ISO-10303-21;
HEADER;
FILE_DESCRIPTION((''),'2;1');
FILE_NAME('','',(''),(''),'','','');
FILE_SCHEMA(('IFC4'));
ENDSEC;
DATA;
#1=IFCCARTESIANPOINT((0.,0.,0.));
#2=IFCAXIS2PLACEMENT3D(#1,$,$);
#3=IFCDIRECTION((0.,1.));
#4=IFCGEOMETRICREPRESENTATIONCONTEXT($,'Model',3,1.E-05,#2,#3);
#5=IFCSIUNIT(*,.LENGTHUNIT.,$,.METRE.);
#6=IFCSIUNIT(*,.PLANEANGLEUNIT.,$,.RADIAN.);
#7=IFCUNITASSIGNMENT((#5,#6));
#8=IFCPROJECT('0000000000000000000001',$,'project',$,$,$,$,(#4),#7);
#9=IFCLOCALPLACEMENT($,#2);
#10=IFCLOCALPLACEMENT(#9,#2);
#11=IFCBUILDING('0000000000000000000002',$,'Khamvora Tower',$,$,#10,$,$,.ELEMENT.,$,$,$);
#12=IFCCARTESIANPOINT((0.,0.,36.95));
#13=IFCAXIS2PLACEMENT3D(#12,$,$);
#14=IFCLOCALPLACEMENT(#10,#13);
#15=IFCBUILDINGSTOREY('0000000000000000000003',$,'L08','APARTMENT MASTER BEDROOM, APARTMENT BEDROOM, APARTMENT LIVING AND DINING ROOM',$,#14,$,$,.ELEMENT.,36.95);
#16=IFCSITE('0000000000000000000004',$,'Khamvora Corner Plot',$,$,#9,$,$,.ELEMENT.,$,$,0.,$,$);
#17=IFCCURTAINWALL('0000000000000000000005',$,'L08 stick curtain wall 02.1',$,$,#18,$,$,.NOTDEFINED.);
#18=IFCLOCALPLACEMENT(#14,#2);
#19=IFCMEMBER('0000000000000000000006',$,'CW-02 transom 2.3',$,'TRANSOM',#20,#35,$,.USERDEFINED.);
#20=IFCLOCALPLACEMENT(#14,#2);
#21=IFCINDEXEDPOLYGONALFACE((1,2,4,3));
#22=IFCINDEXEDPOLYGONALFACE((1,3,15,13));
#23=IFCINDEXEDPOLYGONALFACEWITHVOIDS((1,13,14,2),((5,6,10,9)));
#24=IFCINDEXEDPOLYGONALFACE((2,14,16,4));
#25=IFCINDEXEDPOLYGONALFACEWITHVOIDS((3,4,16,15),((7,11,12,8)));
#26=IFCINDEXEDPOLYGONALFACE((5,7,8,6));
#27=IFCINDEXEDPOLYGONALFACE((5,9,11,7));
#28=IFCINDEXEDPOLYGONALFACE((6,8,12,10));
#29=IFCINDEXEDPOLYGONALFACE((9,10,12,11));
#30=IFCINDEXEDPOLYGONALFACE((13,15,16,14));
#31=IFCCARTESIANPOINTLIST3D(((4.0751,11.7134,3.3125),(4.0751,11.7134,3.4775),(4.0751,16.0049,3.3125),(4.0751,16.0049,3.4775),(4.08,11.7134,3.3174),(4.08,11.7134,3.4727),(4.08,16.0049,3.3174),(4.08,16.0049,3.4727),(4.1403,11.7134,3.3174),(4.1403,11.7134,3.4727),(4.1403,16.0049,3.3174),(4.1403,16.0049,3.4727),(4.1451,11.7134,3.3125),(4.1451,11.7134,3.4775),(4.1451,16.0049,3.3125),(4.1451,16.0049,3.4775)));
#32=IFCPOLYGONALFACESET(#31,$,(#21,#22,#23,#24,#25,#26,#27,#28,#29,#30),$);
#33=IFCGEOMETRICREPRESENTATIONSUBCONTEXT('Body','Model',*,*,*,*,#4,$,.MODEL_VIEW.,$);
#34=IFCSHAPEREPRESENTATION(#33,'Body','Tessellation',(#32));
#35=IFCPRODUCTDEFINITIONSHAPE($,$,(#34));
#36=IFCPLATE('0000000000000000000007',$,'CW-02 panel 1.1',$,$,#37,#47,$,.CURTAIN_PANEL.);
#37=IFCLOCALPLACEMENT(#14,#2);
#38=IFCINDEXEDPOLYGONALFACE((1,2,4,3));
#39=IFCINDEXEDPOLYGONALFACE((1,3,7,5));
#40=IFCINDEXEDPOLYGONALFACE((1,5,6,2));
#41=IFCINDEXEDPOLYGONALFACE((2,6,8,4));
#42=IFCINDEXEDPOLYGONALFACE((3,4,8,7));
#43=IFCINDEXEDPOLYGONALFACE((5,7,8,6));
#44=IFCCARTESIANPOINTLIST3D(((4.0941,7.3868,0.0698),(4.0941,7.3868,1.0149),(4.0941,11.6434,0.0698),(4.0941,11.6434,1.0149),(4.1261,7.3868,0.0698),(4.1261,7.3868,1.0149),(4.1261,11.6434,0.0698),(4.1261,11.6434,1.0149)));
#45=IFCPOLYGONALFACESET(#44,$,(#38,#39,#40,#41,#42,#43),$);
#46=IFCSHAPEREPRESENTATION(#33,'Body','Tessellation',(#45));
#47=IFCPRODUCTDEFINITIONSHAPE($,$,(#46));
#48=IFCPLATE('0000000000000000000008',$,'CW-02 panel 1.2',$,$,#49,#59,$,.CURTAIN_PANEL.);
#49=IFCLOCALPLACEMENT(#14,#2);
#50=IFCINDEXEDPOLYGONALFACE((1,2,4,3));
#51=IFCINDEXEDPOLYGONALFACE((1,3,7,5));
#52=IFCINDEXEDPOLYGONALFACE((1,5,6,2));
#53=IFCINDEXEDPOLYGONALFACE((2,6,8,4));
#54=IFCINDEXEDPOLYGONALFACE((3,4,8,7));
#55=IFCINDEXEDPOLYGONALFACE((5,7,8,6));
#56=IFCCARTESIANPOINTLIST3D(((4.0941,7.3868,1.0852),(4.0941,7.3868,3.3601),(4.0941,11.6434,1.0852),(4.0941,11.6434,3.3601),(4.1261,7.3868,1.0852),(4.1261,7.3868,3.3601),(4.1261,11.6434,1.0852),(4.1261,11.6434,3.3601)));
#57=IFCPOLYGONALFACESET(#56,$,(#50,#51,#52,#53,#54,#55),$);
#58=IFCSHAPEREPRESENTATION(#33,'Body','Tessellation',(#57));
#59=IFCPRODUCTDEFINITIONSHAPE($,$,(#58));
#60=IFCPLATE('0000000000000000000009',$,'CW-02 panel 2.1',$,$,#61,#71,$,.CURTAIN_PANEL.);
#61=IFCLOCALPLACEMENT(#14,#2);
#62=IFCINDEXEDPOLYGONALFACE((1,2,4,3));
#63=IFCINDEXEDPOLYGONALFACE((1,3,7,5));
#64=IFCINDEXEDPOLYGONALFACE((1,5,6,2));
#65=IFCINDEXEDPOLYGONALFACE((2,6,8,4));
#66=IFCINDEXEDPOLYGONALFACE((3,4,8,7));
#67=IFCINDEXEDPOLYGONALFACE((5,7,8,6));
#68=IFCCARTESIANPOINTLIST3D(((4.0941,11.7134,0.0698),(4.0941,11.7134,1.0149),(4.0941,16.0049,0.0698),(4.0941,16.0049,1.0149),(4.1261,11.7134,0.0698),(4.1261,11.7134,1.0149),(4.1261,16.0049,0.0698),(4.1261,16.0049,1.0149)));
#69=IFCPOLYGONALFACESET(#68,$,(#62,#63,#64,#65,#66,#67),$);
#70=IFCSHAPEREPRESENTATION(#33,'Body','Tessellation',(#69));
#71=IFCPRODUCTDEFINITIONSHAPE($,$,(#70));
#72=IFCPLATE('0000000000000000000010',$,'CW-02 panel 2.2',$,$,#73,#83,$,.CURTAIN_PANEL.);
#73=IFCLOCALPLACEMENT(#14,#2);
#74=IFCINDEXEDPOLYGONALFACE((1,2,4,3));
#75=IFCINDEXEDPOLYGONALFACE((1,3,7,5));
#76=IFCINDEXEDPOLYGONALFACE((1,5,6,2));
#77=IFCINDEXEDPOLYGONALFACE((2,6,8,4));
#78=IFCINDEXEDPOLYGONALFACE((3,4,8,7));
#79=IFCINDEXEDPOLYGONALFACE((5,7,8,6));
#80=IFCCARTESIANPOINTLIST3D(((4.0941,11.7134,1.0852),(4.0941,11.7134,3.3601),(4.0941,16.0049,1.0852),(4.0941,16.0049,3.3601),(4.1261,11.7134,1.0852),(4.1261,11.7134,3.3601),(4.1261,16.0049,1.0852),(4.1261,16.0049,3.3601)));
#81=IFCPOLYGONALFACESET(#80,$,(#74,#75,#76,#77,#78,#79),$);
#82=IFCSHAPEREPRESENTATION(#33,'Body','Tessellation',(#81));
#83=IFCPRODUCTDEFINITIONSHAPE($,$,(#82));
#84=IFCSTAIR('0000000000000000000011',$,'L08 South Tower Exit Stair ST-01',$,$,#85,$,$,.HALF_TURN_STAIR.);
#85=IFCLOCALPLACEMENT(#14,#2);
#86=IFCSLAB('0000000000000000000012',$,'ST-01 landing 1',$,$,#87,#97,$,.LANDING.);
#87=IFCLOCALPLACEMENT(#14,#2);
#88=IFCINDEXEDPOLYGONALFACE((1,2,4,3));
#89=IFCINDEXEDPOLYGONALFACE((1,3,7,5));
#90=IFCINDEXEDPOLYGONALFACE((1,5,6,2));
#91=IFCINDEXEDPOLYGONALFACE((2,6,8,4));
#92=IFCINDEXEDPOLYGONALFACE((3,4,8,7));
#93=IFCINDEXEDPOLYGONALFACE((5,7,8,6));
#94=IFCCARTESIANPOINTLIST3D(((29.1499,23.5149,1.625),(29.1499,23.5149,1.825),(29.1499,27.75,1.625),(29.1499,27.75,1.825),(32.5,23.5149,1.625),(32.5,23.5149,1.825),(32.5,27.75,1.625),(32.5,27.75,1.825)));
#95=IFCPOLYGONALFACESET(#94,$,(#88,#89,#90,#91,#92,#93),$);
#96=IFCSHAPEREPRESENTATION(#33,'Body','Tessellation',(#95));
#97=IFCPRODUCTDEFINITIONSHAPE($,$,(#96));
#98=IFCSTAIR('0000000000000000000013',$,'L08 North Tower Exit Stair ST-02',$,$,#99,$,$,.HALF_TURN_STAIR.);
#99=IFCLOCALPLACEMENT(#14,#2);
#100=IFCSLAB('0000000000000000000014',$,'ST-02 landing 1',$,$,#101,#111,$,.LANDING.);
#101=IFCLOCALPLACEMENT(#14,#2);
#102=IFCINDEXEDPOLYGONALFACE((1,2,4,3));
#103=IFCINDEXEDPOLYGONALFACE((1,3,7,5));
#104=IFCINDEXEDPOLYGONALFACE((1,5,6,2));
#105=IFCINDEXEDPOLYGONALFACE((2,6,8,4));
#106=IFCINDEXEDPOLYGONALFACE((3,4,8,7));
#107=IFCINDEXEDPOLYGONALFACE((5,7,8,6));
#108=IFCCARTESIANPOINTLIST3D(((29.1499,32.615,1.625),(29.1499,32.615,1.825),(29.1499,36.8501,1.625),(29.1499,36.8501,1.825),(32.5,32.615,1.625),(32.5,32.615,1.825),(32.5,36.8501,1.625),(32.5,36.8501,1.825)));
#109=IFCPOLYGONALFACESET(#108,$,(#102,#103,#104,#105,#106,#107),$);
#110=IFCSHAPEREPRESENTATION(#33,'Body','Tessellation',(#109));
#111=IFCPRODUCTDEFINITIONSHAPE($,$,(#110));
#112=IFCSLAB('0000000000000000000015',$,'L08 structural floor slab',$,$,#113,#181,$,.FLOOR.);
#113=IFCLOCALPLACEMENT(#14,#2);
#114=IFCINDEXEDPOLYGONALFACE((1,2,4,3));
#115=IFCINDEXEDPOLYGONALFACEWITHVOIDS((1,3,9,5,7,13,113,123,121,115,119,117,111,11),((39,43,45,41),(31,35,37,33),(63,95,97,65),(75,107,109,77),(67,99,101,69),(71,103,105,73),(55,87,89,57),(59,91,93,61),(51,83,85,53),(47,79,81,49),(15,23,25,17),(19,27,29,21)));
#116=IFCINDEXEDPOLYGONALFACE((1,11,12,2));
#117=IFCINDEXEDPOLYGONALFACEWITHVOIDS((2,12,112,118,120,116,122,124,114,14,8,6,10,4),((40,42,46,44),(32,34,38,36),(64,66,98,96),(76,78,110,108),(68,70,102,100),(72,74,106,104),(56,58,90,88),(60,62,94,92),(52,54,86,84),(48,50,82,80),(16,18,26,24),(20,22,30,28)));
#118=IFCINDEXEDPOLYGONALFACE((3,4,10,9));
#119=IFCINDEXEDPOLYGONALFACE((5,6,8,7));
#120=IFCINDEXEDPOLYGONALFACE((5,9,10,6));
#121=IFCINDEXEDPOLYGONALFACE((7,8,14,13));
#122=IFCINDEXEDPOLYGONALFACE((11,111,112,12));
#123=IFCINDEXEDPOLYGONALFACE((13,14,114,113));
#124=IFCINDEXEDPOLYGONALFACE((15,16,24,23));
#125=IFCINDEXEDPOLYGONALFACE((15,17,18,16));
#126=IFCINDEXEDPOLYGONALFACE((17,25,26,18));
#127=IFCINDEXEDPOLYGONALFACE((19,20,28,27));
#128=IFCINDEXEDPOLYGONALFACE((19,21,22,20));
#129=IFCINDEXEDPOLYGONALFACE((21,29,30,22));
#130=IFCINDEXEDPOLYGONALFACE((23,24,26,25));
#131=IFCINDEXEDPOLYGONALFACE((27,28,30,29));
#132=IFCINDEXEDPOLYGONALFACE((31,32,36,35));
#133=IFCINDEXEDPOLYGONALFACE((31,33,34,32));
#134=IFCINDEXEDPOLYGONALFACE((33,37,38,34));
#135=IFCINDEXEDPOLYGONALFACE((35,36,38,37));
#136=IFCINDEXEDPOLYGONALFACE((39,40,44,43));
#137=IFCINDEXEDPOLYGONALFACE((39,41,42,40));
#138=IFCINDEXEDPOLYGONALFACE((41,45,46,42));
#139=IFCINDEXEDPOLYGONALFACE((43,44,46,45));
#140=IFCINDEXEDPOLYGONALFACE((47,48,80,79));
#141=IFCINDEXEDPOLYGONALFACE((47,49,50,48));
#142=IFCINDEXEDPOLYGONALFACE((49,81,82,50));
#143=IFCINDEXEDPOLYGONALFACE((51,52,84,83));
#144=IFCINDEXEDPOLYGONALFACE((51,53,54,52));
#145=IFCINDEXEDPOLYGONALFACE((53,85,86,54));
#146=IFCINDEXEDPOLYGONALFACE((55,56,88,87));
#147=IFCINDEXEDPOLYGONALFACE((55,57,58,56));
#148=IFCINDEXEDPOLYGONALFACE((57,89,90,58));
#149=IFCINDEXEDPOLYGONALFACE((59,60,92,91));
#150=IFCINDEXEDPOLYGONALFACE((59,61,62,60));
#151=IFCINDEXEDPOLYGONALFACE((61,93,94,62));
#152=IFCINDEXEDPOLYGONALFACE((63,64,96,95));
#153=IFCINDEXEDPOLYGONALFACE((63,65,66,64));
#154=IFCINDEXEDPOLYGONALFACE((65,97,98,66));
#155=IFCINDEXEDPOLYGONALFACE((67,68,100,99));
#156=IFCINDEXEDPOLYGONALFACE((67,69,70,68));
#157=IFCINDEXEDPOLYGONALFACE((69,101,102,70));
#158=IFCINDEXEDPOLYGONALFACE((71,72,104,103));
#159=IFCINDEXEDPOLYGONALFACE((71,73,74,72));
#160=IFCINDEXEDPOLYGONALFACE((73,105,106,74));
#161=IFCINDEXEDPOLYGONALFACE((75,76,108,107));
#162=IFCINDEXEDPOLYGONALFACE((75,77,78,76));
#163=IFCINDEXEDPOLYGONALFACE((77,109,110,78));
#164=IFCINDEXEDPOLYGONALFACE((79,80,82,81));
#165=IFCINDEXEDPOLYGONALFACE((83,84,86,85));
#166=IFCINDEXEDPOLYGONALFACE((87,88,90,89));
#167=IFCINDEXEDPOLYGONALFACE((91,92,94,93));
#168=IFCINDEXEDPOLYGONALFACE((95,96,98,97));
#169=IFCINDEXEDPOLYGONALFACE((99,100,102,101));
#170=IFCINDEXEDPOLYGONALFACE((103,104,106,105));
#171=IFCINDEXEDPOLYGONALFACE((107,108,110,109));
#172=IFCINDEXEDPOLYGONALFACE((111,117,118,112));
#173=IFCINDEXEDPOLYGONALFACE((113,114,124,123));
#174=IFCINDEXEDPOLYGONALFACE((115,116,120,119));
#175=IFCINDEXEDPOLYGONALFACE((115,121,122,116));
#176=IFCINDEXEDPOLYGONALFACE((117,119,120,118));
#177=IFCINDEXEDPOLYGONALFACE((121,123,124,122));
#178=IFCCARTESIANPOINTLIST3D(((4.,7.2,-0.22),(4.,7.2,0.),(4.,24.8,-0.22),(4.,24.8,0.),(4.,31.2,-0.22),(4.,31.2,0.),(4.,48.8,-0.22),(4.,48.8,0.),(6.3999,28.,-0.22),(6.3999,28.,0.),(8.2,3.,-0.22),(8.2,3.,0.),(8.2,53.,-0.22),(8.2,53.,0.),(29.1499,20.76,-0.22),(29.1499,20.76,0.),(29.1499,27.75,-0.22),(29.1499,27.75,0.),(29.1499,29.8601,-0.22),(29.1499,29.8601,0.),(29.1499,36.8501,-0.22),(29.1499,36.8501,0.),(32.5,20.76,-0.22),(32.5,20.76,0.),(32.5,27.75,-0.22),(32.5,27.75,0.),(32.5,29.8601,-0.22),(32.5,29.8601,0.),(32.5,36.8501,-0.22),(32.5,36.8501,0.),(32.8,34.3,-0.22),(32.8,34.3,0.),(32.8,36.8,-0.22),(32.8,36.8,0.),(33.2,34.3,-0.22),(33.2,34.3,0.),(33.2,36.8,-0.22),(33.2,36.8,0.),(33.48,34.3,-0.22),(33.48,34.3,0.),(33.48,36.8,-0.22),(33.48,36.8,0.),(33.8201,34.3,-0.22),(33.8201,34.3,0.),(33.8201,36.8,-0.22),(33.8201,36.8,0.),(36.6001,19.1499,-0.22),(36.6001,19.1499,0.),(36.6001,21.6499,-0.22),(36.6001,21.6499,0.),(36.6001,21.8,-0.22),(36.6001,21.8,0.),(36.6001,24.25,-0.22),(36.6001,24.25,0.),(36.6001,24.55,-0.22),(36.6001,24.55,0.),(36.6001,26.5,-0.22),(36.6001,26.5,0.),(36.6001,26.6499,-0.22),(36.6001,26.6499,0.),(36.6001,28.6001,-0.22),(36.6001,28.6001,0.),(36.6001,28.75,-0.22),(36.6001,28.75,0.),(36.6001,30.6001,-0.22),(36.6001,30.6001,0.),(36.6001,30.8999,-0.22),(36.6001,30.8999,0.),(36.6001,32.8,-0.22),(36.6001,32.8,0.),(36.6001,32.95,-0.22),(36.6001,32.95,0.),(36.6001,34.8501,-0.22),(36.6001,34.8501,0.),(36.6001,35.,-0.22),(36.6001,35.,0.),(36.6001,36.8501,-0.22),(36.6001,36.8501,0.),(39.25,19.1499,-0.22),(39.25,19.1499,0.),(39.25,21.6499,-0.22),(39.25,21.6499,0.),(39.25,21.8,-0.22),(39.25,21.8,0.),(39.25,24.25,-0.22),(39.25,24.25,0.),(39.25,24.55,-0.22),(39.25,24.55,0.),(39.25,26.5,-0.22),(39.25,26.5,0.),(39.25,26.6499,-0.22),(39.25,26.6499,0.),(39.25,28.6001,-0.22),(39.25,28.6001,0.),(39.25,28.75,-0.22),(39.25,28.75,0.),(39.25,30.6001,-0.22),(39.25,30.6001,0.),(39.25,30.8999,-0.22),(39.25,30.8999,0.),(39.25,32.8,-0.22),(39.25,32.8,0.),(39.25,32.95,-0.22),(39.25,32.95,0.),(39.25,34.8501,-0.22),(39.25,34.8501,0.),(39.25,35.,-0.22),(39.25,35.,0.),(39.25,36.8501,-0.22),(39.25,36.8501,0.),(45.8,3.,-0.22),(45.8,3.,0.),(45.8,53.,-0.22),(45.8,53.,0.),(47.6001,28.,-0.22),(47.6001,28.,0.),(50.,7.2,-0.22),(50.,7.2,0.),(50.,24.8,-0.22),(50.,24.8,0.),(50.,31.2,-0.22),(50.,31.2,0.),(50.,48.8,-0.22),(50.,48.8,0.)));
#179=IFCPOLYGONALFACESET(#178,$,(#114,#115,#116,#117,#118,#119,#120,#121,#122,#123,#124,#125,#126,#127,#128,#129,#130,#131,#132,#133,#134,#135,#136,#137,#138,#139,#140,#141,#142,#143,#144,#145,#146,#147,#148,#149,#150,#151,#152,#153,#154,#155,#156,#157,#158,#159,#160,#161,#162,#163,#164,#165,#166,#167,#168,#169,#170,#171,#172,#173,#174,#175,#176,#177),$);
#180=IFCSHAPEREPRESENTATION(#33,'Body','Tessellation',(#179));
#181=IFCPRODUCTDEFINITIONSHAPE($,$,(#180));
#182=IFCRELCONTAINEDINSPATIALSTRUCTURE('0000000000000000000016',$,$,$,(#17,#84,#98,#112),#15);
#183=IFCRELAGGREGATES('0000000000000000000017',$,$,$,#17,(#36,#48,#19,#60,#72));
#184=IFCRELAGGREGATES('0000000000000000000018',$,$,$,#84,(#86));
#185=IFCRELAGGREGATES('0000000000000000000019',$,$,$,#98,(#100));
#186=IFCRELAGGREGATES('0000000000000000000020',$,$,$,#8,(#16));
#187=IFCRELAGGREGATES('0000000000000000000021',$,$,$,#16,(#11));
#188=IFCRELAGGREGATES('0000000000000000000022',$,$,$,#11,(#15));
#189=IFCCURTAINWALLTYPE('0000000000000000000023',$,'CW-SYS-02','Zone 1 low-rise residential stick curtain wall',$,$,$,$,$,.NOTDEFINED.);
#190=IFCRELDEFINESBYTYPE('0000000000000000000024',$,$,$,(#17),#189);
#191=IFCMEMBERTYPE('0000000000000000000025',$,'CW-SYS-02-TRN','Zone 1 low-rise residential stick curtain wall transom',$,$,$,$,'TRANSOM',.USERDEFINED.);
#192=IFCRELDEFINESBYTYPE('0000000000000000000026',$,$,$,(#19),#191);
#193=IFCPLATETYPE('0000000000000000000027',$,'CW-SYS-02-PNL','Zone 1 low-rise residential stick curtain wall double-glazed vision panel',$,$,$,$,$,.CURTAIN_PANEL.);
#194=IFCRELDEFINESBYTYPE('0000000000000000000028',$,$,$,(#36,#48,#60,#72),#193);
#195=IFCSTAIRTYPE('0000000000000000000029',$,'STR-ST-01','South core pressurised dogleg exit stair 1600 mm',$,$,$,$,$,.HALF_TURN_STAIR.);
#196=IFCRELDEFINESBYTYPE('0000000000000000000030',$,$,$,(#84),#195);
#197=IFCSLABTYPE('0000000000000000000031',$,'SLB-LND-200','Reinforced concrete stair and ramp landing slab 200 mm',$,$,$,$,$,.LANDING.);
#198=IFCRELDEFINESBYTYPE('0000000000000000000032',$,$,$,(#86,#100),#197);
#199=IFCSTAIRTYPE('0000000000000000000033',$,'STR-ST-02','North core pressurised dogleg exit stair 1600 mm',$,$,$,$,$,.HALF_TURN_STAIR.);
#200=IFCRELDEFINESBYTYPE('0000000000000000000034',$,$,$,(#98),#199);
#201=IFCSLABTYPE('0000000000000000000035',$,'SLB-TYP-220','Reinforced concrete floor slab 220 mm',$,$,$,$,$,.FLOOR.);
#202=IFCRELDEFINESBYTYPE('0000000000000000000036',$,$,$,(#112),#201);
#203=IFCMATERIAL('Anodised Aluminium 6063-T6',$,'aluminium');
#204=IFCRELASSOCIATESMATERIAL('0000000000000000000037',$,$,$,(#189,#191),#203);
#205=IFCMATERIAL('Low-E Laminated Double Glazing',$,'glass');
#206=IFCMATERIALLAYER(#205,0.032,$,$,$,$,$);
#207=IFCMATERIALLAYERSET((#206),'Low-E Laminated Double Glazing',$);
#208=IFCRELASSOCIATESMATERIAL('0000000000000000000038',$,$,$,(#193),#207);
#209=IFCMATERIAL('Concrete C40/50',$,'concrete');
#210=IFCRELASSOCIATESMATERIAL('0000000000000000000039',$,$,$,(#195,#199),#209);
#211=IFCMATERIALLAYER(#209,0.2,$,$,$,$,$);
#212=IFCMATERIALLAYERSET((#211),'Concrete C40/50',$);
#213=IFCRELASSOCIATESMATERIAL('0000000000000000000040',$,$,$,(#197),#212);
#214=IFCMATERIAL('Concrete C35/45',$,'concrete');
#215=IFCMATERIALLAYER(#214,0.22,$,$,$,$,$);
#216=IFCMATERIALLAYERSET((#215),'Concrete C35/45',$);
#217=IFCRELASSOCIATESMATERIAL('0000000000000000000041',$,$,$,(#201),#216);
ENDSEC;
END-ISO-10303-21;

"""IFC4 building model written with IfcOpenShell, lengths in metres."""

from ifc_helpers import new_model, si_unit, direction, frame, origin, origin_2d, place, context, subcontext, project, spatial, polyline, rectangle, hollow_rectangle, outline, extrude, material, layer, layer_set, material_profile, profile_set, type_object, element, aggregate, save


model = new_model("IFC4")

# Units and contexts
model_context = context("Model", 3, precision=1e-05, world=origin(), true_north=direction((0.0, 1.0)))
body_context = subcontext(model_context, "Body", "Model", "MODEL_VIEW")
ifc_project = project(units=[si_unit("LENGTHUNIT", "METRE"), si_unit("PLANEANGLEUNIT", "RADIAN")], contexts=[model_context])

# Site, building, storey
site_placement = place(None, origin())
site = spatial("IfcSite", under=ifc_project, at=site_placement, Name="Khamvora Corner Plot", CompositionType="ELEMENT", RefElevation=0.0)
building_placement = place(site_placement, origin())
building = spatial("IfcBuilding", under=site, at=building_placement, Name="Khamvora Tower", CompositionType="ELEMENT")
storey_placement = place(building_placement, frame((0.0, 0.0, 36.95)))
storey = spatial("IfcBuildingStorey", under=building, at=storey_placement, Name="L08", Description="APARTMENT MASTER BEDROOM, APARTMENT BEDROOM, APARTMENT LIVING AND DINING ROOM", CompositionType="ELEMENT", Elevation=36.95)

# Curtain wall, member, plates
ifc_material_1 = material(Name="Anodised Aluminium 6063-T6", Category="aluminium")
curtain_wall_type = type_object("IfcCurtainWallType", Name="CW-SYS-02", Description="Zone 1 low-rise residential stick curtain wall", PredefinedType="NOTDEFINED", material=ifc_material_1)
curtain_wall_placement = place(storey_placement, origin())
curtain_wall = element("IfcCurtainWall", 1, at=curtain_wall_placement, inside=storey, type_object=curtain_wall_type, Name="L08 stick curtain wall 02.1", PredefinedType="NOTDEFINED")
ifc_material_profile_1 = material_profile(ifc_material_1, hollow_rectangle(XDim=0.0701, YDim=0.165, WallThickness=0.0049, at=origin_2d()), Name="TRN70x165x5")
ifc_profile_set_1 = profile_set([ifc_material_profile_1], Name="Anodised Aluminium 6063-T6")
member_type_1 = type_object("IfcMemberType", Name="CW-SYS-02-TRN", Description="Zone 1 low-rise residential stick curtain wall transom", ElementType="TRANSOM", PredefinedType="USERDEFINED", material=ifc_profile_set_1)
member_1_placement = place(storey_placement, frame((4.1101, 11.7134, 3.395), z_axis=(0.0, 1.0, 0.0), x_axis=(-1.0, 0.0, 0.0)))
member_1 = element("IfcMember", 2, at=member_1_placement, type_object=member_type_1, Name="CW-02 transom 2.3", ObjectType="TRANSOM", PredefinedType="USERDEFINED", context=body_context, shape_type="SweptSolid", body=[
    extrude(hollow_rectangle(XDim=0.0701, YDim=0.165, WallThickness=0.0049, at=origin_2d()), origin(), (0.0, 0.0, 1.0), 4.2915),
])
ifc_material_2 = material(Name="Low-E Laminated Double Glazing", Category="glass")
ifc_layer_1 = layer(ifc_material_2, 0.032)
ifc_layer_set_1 = layer_set([ifc_layer_1], Name="Low-E Laminated Double Glazing")
plate_type = type_object("IfcPlateType", Name="CW-SYS-02-PNL", Description="Zone 1 low-rise residential stick curtain wall double-glazed vision panel", PredefinedType="CURTAIN_PANEL", material=ifc_layer_set_1)
plate_1_placement = place(storey_placement, frame((4.1101, 9.5151, 0.0698), z_axis=(0.0, 0.0, 1.0), x_axis=(0.0, 1.0, 0.0)))
plate_1 = element("IfcPlate", 3, at=plate_1_placement, type_object=plate_type, Name="CW-02 panel 1.1", PredefinedType="CURTAIN_PANEL", context=body_context, shape_type="SweptSolid", body=[
    extrude(rectangle(XDim=4.2566, YDim=0.032, at=origin_2d()), origin(), (0.0, 0.0, 1.0), 0.9451),
])
plate_2_placement = place(storey_placement, frame((4.1101, 9.5151, 1.0852), z_axis=(0.0, 0.0, 1.0), x_axis=(0.0, 1.0, 0.0)))
plate_2 = element("IfcPlate", 4, at=plate_2_placement, type_object=plate_type, Name="CW-02 panel 1.2", PredefinedType="CURTAIN_PANEL", context=body_context, shape_type="SweptSolid", body=[
    extrude(rectangle(XDim=4.2566, YDim=0.032, at=origin_2d()), origin(), (0.0, 0.0, 1.0), 2.2749),
])
plate_3_placement = place(storey_placement, frame((4.1101, 13.8591, 0.0698), z_axis=(0.0, 0.0, 1.0), x_axis=(0.0, 1.0, 0.0)))
plate_3 = element("IfcPlate", 5, at=plate_3_placement, type_object=plate_type, Name="CW-02 panel 2.1", PredefinedType="CURTAIN_PANEL", context=body_context, shape_type="SweptSolid", body=[
    extrude(rectangle(XDim=4.2915, YDim=0.032, at=origin_2d()), origin(), (0.0, 0.0, 1.0), 0.9451),
])
plate_4_placement = place(storey_placement, frame((4.1101, 13.8591, 1.0852), z_axis=(0.0, 0.0, 1.0), x_axis=(0.0, 1.0, 0.0)))
plate_4 = element("IfcPlate", 6, at=plate_4_placement, type_object=plate_type, Name="CW-02 panel 2.2", PredefinedType="CURTAIN_PANEL", context=body_context, shape_type="SweptSolid", body=[
    extrude(rectangle(XDim=4.2915, YDim=0.032, at=origin_2d()), origin(), (0.0, 0.0, 1.0), 2.2749),
])
aggregate(curtain_wall, [plate_1, plate_2, member_1, plate_3, plate_4])

# Stairs, slabs
ifc_material_3 = material(Name="Concrete C40/50", Category="concrete")
stair_type_1 = type_object("IfcStairType", Name="STR-ST-01", Description="South core pressurised dogleg exit stair 1600 mm", PredefinedType="HALF_TURN_STAIR", material=ifc_material_3)
stair_1_placement = place(storey_placement, origin())
stair_1 = element("IfcStair", 7, at=stair_1_placement, inside=storey, type_object=stair_type_1, Name="L08 South Tower Exit Stair ST-01", PredefinedType="HALF_TURN_STAIR")
ifc_layer_2 = layer(ifc_material_3, 0.2)
ifc_layer_set_2 = layer_set([ifc_layer_2], Name="Concrete C40/50")
slab_type_1 = type_object("IfcSlabType", Name="SLB-LND-200", Description="Reinforced concrete stair and ramp landing slab 200 mm", PredefinedType="LANDING", material=ifc_layer_set_2)
slab_1_placement = place(storey_placement, frame((0.0, 0.0, 1.625)))
slab_1 = element("IfcSlab", 8, at=slab_1_placement, type_object=slab_type_1, Name="ST-01 landing 1", PredefinedType="LANDING", context=body_context, shape_type="SweptSolid", body=[
    extrude(outline(polyline([(32.5, 23.5149), (32.5, 27.75), (29.1499, 27.75), (29.1499, 23.5149), (32.5, 23.5149)])), origin(), (0.0, 0.0, 1.0), 0.2),
])
aggregate(stair_1, [slab_1])
stair_type_2 = type_object("IfcStairType", Name="STR-ST-02", Description="North core pressurised dogleg exit stair 1600 mm", PredefinedType="HALF_TURN_STAIR", material=ifc_material_3)
stair_2_placement = place(storey_placement, origin())
stair_2 = element("IfcStair", 9, at=stair_2_placement, inside=storey, type_object=stair_type_2, Name="L08 North Tower Exit Stair ST-02", PredefinedType="HALF_TURN_STAIR")
slab_2_placement = place(storey_placement, frame((0.0, 0.0, 1.625)))
slab_2 = element("IfcSlab", 10, at=slab_2_placement, type_object=slab_type_1, Name="ST-02 landing 1", PredefinedType="LANDING", context=body_context, shape_type="SweptSolid", body=[
    extrude(outline(polyline([(32.5, 32.615), (32.5, 36.8501), (29.1499, 36.8501), (29.1499, 32.615), (32.5, 32.615)])), origin(), (0.0, 0.0, 1.0), 0.2),
])
aggregate(stair_2, [slab_2])

# Slab
ifc_material_4 = material(Name="Concrete C35/45", Category="concrete")
ifc_layer_3 = layer(ifc_material_4, 0.22)
ifc_layer_set_3 = layer_set([ifc_layer_3], Name="Concrete C35/45")
slab_type_2 = type_object("IfcSlabType", Name="SLB-TYP-220", Description="Reinforced concrete floor slab 220 mm", PredefinedType="FLOOR", material=ifc_layer_set_3)
slab_3_placement = place(storey_placement, frame((0.0, 0.0, -0.22)))
element("IfcSlab", 11, at=slab_3_placement, inside=storey, type_object=slab_type_2, Name="L08 structural floor slab", PredefinedType="FLOOR", context=body_context, shape_type="SweptSolid", body=[
    extrude(outline(polyline([(8.2, 3.0), (45.8, 3.0), (50.0, 7.2), (50.0, 24.8), (47.6001, 28.0), (50.0, 31.2), (50.0, 48.8), (45.8, 53.0), (8.2, 53.0), (4.0, 48.8), (4.0, 31.2), (6.3999, 28.0), (4.0, 24.8), (4.0, 7.2), (8.2, 3.0)]), holes=[polyline([(32.5, 20.76), (32.5, 27.75), (29.1499, 27.75), (29.1499, 20.76), (32.5, 20.76)]), polyline([(32.5, 29.8601), (32.5, 36.8501), (29.1499, 36.8501), (29.1499, 29.8601), (32.5, 29.8601)]), polyline([(36.6001, 19.1499), (39.25, 19.1499), (39.25, 21.6499), (36.6001, 21.6499), (36.6001, 19.1499)]), polyline([(36.6001, 21.8), (39.25, 21.8), (39.25, 24.25), (36.6001, 24.25), (36.6001, 21.8)]), polyline([(36.6001, 24.55), (39.25, 24.55), (39.25, 26.5), (36.6001, 26.5), (36.6001, 24.55)]), polyline([(36.6001, 26.6499), (39.25, 26.6499), (39.25, 28.6001), (36.6001, 28.6001), (36.6001, 26.6499)]), polyline([(36.6001, 28.75), (39.25, 28.75), (39.25, 30.6001), (36.6001, 30.6001), (36.6001, 28.75)]), polyline([(36.6001, 30.8999), (39.25, 30.8999), (39.25, 32.8), (36.6001, 32.8), (36.6001, 30.8999)]), polyline([(36.6001, 32.95), (39.25, 32.95), (39.25, 34.8501), (36.6001, 34.8501), (36.6001, 32.95)]), polyline([(36.6001, 35.0), (39.25, 35.0), (39.25, 36.8501), (36.6001, 36.8501), (36.6001, 35.0)]), polyline([(32.8, 34.3), (33.2, 34.3), (33.2, 36.8), (32.8, 36.8), (32.8, 34.3)]), polyline([(33.48, 34.3), (33.8201, 34.3), (33.8201, 36.8), (33.48, 36.8), (33.48, 34.3)])]), origin(), (0.0, 0.0, 1.0), 0.22),
])

save(model, "model.ifc")
